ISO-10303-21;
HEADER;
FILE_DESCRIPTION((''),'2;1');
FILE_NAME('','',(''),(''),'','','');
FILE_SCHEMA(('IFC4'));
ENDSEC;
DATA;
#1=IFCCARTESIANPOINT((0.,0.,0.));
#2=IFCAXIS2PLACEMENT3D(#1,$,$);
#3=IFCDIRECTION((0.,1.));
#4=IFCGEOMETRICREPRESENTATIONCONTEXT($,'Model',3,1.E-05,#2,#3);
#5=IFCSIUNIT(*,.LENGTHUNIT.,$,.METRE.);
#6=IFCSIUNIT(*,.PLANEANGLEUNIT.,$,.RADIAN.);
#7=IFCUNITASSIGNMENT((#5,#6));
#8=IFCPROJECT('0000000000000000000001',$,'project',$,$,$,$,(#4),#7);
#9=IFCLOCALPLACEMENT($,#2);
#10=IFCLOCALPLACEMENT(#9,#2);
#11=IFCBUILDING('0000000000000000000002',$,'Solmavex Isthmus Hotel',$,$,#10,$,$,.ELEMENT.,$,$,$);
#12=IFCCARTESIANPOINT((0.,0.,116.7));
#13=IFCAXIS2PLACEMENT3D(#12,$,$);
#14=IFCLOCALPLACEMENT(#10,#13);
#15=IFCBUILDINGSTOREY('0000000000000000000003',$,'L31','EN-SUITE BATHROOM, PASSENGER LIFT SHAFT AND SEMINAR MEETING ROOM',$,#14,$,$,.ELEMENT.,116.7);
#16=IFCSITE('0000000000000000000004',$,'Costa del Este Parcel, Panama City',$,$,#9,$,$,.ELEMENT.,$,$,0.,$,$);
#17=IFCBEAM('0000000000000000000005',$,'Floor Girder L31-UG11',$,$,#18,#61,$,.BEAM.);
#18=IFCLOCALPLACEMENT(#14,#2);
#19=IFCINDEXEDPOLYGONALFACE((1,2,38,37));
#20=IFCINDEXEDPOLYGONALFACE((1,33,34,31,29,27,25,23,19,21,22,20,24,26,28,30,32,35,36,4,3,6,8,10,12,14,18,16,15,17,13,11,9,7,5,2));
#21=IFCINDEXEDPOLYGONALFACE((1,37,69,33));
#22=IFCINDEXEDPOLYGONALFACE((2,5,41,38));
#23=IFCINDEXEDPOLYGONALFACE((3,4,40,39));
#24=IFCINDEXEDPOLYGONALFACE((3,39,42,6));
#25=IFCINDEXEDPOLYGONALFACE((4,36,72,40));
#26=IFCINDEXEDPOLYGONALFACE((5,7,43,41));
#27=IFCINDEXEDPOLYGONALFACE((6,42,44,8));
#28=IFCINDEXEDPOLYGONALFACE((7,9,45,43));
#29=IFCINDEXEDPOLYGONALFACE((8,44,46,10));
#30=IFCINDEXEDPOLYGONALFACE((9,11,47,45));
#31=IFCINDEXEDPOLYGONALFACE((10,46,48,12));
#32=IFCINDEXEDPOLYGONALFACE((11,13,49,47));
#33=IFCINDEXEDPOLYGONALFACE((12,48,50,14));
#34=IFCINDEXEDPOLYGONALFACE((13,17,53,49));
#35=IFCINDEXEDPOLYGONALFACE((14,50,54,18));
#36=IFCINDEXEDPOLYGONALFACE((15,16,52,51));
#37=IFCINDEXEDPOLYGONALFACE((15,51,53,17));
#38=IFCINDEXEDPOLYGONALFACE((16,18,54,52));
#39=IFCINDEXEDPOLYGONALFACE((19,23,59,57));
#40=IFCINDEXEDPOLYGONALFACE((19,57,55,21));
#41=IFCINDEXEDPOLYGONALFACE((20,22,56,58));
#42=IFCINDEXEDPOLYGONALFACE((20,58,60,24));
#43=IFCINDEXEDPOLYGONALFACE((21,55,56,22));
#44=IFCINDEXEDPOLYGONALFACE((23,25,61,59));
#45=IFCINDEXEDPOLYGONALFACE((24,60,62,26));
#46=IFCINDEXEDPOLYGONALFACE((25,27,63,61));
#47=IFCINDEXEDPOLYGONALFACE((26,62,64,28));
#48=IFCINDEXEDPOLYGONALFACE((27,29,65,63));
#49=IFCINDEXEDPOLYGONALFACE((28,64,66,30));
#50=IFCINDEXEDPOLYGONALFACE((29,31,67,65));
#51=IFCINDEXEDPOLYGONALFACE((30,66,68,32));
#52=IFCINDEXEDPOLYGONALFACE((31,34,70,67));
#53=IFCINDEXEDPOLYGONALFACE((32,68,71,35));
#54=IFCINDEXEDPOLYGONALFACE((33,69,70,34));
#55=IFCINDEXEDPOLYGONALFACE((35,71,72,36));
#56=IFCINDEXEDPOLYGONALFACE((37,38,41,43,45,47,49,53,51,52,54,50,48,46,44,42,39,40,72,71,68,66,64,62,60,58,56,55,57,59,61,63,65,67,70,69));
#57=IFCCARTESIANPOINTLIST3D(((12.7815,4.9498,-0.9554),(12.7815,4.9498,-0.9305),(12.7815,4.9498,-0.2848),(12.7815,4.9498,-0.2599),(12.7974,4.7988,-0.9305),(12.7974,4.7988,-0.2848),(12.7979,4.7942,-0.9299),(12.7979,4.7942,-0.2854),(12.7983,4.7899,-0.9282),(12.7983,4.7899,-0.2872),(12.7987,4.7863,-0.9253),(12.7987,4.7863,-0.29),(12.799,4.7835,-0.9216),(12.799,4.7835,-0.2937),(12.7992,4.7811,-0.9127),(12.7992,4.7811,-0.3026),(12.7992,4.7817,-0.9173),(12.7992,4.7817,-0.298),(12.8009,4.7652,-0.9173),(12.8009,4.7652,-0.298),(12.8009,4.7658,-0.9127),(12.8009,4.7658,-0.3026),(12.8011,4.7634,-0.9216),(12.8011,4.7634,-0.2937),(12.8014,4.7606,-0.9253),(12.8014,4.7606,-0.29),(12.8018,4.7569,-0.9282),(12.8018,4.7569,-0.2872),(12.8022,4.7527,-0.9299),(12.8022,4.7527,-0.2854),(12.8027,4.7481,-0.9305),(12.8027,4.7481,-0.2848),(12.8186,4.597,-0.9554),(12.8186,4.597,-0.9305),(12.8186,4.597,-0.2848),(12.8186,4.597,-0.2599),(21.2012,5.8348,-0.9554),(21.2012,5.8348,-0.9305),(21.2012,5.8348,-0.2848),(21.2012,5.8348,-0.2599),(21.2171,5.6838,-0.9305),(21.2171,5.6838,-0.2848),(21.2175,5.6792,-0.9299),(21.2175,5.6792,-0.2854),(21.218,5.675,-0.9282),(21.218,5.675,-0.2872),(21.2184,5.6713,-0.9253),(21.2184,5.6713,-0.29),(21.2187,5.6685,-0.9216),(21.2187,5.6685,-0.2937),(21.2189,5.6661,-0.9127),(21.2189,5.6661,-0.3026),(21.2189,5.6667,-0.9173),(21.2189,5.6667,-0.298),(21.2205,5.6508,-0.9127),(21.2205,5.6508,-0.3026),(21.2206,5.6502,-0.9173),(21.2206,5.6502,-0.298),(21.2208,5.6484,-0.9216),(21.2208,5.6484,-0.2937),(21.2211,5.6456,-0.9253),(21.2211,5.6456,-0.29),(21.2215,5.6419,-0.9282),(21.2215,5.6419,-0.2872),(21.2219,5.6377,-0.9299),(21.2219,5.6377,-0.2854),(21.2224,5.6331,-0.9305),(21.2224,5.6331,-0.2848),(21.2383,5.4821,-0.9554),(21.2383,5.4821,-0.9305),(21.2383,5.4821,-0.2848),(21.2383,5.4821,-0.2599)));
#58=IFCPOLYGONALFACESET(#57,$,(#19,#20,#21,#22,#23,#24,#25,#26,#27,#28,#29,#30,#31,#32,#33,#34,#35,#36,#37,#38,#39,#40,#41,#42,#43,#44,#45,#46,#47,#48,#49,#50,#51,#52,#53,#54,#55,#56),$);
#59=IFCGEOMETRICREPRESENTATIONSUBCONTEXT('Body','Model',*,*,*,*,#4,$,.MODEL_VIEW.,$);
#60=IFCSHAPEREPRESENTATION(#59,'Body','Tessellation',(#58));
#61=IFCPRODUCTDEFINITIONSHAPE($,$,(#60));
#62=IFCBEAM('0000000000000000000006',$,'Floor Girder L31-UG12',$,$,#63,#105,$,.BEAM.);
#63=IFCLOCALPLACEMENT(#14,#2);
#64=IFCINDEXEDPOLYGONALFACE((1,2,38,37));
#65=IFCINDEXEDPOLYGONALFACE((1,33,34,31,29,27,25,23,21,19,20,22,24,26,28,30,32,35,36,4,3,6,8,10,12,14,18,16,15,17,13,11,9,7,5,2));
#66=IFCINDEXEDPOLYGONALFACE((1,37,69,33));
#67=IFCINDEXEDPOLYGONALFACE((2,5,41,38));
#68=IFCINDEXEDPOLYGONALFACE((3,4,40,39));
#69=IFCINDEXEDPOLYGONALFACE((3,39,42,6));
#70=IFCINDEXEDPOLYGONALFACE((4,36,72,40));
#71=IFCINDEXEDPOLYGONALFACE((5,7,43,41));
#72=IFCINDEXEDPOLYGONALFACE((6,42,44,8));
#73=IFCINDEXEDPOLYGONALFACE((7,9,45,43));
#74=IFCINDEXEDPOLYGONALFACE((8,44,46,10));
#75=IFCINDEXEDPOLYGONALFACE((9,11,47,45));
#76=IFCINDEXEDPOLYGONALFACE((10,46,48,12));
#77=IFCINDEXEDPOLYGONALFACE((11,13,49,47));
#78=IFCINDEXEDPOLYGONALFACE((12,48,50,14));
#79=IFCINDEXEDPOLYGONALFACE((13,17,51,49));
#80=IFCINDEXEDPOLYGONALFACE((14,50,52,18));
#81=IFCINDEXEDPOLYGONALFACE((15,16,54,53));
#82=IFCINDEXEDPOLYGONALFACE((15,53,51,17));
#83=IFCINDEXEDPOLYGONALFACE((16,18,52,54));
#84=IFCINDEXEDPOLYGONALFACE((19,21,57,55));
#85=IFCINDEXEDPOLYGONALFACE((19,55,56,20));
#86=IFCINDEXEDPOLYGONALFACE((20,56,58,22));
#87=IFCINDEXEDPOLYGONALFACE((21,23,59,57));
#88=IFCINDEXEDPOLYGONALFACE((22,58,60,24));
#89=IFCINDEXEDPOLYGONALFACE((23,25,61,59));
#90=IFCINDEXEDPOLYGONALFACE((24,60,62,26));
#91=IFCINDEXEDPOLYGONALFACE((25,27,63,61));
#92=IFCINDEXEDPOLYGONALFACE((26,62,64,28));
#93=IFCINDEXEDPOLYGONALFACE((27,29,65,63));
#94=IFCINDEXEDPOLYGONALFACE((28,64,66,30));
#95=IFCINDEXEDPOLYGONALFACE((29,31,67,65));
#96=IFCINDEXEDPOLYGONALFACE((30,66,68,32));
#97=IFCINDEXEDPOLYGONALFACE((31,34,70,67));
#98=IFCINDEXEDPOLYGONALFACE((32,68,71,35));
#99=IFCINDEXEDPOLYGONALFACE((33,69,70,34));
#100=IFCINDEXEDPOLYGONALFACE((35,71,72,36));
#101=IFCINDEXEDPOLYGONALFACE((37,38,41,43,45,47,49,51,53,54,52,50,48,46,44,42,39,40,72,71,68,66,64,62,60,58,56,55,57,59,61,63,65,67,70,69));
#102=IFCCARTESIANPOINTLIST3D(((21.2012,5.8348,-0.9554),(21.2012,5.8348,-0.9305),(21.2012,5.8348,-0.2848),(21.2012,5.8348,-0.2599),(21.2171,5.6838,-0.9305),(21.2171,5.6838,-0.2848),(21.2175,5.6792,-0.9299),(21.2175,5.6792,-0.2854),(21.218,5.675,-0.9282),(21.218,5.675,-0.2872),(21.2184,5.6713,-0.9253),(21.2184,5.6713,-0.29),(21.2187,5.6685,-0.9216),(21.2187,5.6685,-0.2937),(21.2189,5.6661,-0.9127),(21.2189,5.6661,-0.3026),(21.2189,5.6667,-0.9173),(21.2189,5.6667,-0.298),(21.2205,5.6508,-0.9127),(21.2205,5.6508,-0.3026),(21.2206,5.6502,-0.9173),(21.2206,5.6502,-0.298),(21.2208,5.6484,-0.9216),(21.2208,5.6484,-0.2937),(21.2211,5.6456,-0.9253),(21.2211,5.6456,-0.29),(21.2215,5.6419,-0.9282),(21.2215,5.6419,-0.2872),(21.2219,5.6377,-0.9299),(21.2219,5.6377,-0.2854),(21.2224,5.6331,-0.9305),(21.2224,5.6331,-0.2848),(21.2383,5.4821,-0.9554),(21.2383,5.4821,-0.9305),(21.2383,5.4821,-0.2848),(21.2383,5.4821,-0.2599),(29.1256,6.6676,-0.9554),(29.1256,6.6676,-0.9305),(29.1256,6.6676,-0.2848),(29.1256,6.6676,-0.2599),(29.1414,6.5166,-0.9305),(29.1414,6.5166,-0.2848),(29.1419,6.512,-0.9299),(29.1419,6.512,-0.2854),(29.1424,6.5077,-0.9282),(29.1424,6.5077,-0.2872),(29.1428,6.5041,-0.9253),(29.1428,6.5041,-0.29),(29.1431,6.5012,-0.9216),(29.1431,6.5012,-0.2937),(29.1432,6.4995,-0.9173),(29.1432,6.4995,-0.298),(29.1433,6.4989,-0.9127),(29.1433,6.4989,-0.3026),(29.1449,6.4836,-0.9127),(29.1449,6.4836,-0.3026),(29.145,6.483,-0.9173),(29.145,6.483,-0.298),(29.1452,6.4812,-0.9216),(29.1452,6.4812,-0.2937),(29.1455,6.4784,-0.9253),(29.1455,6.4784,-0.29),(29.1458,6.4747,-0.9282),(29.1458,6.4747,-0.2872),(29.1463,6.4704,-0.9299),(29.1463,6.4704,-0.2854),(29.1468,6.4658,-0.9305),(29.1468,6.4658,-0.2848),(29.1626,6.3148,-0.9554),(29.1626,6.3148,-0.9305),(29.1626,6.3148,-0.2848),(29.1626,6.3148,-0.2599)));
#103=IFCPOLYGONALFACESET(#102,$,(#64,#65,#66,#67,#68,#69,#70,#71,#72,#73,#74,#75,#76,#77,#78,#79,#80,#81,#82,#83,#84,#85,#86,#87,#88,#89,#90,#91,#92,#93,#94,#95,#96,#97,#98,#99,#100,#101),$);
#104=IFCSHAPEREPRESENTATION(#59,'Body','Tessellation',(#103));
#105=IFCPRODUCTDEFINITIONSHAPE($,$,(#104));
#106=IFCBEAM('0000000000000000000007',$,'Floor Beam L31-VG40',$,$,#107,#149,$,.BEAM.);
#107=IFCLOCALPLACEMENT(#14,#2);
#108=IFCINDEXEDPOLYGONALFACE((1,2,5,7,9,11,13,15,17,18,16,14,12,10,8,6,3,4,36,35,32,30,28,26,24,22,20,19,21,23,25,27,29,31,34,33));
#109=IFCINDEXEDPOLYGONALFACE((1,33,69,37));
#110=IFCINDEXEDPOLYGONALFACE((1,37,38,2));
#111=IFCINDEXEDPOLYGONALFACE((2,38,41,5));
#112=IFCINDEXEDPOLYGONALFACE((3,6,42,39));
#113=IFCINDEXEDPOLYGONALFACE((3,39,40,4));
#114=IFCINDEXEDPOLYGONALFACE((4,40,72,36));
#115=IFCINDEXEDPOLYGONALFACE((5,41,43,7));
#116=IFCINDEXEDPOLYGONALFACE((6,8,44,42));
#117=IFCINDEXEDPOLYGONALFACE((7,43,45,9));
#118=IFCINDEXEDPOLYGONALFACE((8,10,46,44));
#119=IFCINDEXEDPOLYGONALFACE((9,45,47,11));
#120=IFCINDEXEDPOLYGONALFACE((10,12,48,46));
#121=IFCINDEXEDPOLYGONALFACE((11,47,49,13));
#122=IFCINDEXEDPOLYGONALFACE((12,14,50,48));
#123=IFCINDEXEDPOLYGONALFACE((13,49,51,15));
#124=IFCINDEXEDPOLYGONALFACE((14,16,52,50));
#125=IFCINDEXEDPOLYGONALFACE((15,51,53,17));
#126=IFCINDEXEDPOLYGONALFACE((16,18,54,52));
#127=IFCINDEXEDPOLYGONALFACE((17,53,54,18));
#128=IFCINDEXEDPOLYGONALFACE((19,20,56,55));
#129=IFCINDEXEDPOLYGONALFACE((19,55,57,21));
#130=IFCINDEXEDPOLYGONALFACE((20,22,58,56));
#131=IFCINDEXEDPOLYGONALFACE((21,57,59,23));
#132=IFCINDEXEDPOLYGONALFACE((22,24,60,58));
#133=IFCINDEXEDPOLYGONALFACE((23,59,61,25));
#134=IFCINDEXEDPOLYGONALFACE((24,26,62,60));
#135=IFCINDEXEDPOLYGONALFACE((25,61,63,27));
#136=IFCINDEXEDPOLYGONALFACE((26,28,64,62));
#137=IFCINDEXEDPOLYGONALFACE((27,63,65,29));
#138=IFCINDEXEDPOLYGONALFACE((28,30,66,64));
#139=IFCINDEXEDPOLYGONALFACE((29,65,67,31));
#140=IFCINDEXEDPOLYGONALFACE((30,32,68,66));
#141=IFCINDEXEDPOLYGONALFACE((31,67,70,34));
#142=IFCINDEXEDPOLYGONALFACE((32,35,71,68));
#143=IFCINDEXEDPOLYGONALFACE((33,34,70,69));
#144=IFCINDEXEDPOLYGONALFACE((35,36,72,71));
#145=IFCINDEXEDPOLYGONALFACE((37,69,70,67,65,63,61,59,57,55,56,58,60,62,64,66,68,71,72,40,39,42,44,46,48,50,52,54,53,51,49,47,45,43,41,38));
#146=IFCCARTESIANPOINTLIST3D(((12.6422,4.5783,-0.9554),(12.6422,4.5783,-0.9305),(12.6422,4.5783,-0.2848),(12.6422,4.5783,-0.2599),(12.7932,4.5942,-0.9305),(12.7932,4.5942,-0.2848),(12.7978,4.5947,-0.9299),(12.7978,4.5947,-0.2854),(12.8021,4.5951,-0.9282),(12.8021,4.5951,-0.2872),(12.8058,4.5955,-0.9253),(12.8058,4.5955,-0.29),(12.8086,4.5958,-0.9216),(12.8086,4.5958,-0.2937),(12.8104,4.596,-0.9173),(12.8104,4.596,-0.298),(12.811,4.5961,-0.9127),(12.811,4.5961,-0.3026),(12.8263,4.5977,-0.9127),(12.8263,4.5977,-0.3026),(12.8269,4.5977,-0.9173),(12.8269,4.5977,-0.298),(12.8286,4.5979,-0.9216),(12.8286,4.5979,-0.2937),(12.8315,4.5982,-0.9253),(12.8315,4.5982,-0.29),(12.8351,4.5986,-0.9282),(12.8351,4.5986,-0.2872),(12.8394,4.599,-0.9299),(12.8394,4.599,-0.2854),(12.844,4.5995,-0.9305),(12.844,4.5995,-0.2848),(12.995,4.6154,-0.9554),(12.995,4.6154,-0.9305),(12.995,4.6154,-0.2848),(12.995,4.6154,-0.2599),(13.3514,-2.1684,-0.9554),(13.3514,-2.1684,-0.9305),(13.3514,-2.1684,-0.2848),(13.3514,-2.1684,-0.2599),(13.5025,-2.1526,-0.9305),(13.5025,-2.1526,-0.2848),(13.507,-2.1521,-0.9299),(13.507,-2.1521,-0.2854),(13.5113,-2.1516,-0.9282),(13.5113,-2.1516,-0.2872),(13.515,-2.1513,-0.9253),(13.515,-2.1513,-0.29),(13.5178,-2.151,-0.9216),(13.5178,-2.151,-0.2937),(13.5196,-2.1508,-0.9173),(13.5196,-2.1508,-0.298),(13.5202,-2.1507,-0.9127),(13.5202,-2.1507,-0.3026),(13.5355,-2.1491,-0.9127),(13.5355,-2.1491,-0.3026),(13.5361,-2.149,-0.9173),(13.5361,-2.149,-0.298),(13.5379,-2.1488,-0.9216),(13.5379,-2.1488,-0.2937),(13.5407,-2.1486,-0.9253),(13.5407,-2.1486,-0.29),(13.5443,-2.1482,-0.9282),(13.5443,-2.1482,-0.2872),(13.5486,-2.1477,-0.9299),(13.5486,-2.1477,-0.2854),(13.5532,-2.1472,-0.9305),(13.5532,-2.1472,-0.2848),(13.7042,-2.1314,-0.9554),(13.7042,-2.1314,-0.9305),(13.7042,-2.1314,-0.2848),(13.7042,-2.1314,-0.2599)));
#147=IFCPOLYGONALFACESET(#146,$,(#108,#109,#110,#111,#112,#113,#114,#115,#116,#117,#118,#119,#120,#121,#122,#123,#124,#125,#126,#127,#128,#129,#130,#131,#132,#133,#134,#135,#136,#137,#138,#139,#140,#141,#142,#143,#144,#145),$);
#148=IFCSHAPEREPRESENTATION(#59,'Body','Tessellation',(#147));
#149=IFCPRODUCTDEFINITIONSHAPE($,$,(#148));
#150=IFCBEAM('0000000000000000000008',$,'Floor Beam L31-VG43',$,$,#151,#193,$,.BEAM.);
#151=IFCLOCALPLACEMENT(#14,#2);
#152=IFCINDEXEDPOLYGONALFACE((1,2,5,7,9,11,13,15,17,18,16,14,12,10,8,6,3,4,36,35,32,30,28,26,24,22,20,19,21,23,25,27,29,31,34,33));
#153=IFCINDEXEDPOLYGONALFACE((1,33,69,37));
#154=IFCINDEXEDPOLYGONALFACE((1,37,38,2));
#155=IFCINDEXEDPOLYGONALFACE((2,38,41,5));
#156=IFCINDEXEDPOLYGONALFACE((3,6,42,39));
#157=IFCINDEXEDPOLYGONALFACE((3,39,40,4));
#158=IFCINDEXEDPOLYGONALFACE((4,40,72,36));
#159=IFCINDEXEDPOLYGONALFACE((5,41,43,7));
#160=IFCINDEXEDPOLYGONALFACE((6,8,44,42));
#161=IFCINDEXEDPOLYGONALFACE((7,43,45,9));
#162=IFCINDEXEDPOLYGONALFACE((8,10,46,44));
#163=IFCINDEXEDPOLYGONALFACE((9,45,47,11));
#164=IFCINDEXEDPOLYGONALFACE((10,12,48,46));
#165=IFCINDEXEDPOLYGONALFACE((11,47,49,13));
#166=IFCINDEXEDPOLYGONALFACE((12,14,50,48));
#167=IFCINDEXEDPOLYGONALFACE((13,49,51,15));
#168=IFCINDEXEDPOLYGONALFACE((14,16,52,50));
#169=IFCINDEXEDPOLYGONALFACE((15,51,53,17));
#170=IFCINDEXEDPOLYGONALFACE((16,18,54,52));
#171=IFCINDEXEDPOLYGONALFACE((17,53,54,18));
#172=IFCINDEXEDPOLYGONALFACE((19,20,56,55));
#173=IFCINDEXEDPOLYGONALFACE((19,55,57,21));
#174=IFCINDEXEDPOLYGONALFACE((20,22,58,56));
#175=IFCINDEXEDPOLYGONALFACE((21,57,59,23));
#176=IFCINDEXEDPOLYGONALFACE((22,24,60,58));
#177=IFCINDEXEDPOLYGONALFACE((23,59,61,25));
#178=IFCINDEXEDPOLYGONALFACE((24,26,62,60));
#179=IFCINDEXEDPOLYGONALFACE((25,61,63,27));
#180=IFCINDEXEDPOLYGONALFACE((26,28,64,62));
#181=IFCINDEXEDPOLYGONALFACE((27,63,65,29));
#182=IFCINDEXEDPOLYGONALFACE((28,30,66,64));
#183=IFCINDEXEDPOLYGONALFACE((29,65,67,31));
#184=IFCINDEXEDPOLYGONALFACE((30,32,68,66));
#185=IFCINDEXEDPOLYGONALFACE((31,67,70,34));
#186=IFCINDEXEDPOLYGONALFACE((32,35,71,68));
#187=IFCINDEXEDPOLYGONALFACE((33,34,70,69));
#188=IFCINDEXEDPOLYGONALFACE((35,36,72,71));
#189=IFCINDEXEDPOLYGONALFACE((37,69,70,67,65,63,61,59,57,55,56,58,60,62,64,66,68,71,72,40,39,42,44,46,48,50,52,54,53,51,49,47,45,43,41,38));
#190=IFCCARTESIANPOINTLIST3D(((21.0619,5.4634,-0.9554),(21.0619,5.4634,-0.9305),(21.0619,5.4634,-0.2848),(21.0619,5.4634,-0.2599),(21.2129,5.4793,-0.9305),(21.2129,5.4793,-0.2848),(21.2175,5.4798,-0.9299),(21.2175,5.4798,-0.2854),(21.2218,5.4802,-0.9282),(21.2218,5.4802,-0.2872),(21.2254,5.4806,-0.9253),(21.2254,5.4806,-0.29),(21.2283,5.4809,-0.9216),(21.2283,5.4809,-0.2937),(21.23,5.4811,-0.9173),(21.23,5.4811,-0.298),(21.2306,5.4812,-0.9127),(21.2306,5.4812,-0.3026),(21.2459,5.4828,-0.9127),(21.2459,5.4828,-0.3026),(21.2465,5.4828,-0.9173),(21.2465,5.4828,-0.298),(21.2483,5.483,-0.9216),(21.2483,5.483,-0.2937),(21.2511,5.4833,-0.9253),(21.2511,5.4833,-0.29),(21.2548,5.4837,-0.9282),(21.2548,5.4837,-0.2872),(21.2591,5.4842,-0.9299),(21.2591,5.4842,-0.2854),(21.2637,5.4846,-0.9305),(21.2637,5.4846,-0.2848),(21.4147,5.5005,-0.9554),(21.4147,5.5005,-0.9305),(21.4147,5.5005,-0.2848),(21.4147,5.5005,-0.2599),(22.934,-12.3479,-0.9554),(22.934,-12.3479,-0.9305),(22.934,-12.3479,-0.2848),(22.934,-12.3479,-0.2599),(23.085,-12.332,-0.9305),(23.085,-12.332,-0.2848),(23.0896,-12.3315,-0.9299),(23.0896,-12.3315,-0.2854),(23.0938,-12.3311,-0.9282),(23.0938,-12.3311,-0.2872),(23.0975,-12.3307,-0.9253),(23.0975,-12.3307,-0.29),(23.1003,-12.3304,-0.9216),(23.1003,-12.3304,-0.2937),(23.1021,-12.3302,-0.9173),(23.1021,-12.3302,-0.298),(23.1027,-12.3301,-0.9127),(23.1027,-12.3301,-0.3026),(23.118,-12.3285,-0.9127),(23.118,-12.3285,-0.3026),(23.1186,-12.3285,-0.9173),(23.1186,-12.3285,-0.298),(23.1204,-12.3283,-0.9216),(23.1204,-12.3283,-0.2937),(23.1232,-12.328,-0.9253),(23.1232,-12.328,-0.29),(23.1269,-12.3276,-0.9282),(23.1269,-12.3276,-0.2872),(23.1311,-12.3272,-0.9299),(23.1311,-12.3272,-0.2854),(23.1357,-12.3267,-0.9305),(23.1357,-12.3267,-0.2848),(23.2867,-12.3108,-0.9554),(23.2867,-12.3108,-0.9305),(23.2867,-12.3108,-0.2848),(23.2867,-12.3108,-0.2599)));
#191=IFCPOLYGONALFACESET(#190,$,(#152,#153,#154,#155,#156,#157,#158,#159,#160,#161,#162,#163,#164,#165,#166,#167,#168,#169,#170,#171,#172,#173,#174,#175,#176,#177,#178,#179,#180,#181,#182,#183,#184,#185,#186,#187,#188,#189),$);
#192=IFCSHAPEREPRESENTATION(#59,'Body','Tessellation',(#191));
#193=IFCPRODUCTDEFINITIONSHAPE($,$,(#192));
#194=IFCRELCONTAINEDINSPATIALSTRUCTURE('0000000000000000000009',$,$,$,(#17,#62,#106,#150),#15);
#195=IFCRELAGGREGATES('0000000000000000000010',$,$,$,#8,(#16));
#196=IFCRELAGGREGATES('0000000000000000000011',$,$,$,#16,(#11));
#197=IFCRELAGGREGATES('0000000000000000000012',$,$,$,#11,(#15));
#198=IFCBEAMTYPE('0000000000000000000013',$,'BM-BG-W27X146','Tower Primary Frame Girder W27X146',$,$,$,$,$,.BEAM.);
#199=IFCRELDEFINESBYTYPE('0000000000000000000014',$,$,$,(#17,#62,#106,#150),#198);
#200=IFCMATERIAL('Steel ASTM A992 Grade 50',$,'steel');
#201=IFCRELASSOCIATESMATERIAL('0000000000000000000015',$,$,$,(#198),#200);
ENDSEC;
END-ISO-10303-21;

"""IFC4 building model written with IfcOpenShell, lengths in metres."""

from ifc_helpers import new_model, si_unit, direction, frame, origin, origin_2d, place, context, subcontext, project, spatial, i_section, extrude, material, material_profile, profile_set, type_object, element, save


model = new_model("IFC4")

# Units and contexts
model_context = context("Model", 3, precision=1e-05, world=origin(), true_north=direction((0.0, 1.0)))
body_context = subcontext(model_context, "Body", "Model", "MODEL_VIEW")
ifc_project = project(units=[si_unit("LENGTHUNIT", "METRE"), si_unit("PLANEANGLEUNIT", "RADIAN")], contexts=[model_context])

# Site, building, storey
site_placement = place(None, origin())
site = spatial("IfcSite", under=ifc_project, at=site_placement, Name="Costa del Este Parcel, Panama City", CompositionType="ELEMENT", RefElevation=0.0)
building_placement = place(site_placement, origin())
building = spatial("IfcBuilding", under=site, at=building_placement, Name="Solmavex Isthmus Hotel", CompositionType="ELEMENT")
storey_placement = place(building_placement, frame((0.0, 0.0, 116.7)))
storey = spatial("IfcBuildingStorey", under=building, at=storey_placement, Name="L31", Description="EN-SUITE BATHROOM, PASSENGER LIFT SHAFT AND SEMINAR MEETING ROOM", CompositionType="ELEMENT", Elevation=116.7)

# Beams
ifc_material_1 = material(Name="Steel ASTM A992 Grade 50", Category="steel")
ifc_material_profile_1 = material_profile(ifc_material_1, i_section(OverallWidth=0.3547, OverallDepth=0.6956, WebThickness=0.0154, FlangeThickness=0.0249, FilletRadius=0.0178, at=origin_2d()), Name="W27X146")
ifc_profile_set_1 = profile_set([ifc_material_profile_1], Name="Steel ASTM A992 Grade 50")
beam_type_1 = type_object("IfcBeamType", Name="BM-BG-W27X146", Description="Tower Primary Frame Girder W27X146", PredefinedType="BEAM", material=ifc_profile_set_1)
beam_1_placement = place(storey_placement, frame((12.8, 4.7734, -0.6077), z_axis=(0.994521, 0.104536, 0.0), x_axis=(-0.104536, 0.994521, 0.0)))
element("IfcBeam", 1, at=beam_1_placement, inside=storey, type_object=beam_type_1, Name="Floor Girder L31-UG11", PredefinedType="BEAM", context=body_context, shape_type="SweptSolid", body=[
    extrude(i_section(OverallWidth=0.3547, OverallDepth=0.6956, WebThickness=0.0154, FlangeThickness=0.0249, FilletRadius=0.0178, at=origin_2d()), origin(), (0.0, 0.0, 1.0), 8.4661),
])
beam_2_placement = place(storey_placement, frame((21.2197, 5.6584, -0.6077), z_axis=(0.994523, 0.104514, 0.0), x_axis=(-0.104514, 0.994523, 0.0)))
element("IfcBeam", 2, at=beam_2_placement, inside=storey, type_object=beam_type_1, Name="Floor Girder L31-UG12", PredefinedType="BEAM", context=body_context, shape_type="SweptSolid", body=[
    extrude(i_section(OverallWidth=0.3547, OverallDepth=0.6956, WebThickness=0.0154, FlangeThickness=0.0249, FilletRadius=0.0178, at=origin_2d()), origin(), (0.0, 0.0, 1.0), 7.968),
])
beam_3_placement = place(storey_placement, frame((13.5278, -2.1499, -0.6077), z_axis=(-0.104544, 0.99452, 0.0), x_axis=(-0.99452, -0.104544, 0.0)))
element("IfcBeam", 3, at=beam_3_placement, inside=storey, type_object=beam_type_1, Name="Floor Beam L31-VG40", PredefinedType="BEAM", context=body_context, shape_type="SweptSolid", body=[
    extrude(i_section(OverallWidth=0.3547, OverallDepth=0.6956, WebThickness=0.0154, FlangeThickness=0.0249, FilletRadius=0.0178, at=origin_2d()), origin(), (0.0, 0.0, 1.0), 6.7839),
])
beam_4_placement = place(storey_placement, frame((23.1104, -12.3293, -0.6077), z_axis=(-0.10453, 0.994522, 0.0), x_axis=(-0.994522, -0.10453, 0.0)))
element("IfcBeam", 4, at=beam_4_placement, inside=storey, type_object=beam_type_1, Name="Floor Beam L31-VG43", PredefinedType="BEAM", context=body_context, shape_type="SweptSolid", body=[
    extrude(i_section(OverallWidth=0.3547, OverallDepth=0.6956, WebThickness=0.0154, FlangeThickness=0.0249, FilletRadius=0.0178, at=origin_2d()), origin(), (0.0, 0.0, 1.0), 17.9094),
])

save(model, "model.ifc")
